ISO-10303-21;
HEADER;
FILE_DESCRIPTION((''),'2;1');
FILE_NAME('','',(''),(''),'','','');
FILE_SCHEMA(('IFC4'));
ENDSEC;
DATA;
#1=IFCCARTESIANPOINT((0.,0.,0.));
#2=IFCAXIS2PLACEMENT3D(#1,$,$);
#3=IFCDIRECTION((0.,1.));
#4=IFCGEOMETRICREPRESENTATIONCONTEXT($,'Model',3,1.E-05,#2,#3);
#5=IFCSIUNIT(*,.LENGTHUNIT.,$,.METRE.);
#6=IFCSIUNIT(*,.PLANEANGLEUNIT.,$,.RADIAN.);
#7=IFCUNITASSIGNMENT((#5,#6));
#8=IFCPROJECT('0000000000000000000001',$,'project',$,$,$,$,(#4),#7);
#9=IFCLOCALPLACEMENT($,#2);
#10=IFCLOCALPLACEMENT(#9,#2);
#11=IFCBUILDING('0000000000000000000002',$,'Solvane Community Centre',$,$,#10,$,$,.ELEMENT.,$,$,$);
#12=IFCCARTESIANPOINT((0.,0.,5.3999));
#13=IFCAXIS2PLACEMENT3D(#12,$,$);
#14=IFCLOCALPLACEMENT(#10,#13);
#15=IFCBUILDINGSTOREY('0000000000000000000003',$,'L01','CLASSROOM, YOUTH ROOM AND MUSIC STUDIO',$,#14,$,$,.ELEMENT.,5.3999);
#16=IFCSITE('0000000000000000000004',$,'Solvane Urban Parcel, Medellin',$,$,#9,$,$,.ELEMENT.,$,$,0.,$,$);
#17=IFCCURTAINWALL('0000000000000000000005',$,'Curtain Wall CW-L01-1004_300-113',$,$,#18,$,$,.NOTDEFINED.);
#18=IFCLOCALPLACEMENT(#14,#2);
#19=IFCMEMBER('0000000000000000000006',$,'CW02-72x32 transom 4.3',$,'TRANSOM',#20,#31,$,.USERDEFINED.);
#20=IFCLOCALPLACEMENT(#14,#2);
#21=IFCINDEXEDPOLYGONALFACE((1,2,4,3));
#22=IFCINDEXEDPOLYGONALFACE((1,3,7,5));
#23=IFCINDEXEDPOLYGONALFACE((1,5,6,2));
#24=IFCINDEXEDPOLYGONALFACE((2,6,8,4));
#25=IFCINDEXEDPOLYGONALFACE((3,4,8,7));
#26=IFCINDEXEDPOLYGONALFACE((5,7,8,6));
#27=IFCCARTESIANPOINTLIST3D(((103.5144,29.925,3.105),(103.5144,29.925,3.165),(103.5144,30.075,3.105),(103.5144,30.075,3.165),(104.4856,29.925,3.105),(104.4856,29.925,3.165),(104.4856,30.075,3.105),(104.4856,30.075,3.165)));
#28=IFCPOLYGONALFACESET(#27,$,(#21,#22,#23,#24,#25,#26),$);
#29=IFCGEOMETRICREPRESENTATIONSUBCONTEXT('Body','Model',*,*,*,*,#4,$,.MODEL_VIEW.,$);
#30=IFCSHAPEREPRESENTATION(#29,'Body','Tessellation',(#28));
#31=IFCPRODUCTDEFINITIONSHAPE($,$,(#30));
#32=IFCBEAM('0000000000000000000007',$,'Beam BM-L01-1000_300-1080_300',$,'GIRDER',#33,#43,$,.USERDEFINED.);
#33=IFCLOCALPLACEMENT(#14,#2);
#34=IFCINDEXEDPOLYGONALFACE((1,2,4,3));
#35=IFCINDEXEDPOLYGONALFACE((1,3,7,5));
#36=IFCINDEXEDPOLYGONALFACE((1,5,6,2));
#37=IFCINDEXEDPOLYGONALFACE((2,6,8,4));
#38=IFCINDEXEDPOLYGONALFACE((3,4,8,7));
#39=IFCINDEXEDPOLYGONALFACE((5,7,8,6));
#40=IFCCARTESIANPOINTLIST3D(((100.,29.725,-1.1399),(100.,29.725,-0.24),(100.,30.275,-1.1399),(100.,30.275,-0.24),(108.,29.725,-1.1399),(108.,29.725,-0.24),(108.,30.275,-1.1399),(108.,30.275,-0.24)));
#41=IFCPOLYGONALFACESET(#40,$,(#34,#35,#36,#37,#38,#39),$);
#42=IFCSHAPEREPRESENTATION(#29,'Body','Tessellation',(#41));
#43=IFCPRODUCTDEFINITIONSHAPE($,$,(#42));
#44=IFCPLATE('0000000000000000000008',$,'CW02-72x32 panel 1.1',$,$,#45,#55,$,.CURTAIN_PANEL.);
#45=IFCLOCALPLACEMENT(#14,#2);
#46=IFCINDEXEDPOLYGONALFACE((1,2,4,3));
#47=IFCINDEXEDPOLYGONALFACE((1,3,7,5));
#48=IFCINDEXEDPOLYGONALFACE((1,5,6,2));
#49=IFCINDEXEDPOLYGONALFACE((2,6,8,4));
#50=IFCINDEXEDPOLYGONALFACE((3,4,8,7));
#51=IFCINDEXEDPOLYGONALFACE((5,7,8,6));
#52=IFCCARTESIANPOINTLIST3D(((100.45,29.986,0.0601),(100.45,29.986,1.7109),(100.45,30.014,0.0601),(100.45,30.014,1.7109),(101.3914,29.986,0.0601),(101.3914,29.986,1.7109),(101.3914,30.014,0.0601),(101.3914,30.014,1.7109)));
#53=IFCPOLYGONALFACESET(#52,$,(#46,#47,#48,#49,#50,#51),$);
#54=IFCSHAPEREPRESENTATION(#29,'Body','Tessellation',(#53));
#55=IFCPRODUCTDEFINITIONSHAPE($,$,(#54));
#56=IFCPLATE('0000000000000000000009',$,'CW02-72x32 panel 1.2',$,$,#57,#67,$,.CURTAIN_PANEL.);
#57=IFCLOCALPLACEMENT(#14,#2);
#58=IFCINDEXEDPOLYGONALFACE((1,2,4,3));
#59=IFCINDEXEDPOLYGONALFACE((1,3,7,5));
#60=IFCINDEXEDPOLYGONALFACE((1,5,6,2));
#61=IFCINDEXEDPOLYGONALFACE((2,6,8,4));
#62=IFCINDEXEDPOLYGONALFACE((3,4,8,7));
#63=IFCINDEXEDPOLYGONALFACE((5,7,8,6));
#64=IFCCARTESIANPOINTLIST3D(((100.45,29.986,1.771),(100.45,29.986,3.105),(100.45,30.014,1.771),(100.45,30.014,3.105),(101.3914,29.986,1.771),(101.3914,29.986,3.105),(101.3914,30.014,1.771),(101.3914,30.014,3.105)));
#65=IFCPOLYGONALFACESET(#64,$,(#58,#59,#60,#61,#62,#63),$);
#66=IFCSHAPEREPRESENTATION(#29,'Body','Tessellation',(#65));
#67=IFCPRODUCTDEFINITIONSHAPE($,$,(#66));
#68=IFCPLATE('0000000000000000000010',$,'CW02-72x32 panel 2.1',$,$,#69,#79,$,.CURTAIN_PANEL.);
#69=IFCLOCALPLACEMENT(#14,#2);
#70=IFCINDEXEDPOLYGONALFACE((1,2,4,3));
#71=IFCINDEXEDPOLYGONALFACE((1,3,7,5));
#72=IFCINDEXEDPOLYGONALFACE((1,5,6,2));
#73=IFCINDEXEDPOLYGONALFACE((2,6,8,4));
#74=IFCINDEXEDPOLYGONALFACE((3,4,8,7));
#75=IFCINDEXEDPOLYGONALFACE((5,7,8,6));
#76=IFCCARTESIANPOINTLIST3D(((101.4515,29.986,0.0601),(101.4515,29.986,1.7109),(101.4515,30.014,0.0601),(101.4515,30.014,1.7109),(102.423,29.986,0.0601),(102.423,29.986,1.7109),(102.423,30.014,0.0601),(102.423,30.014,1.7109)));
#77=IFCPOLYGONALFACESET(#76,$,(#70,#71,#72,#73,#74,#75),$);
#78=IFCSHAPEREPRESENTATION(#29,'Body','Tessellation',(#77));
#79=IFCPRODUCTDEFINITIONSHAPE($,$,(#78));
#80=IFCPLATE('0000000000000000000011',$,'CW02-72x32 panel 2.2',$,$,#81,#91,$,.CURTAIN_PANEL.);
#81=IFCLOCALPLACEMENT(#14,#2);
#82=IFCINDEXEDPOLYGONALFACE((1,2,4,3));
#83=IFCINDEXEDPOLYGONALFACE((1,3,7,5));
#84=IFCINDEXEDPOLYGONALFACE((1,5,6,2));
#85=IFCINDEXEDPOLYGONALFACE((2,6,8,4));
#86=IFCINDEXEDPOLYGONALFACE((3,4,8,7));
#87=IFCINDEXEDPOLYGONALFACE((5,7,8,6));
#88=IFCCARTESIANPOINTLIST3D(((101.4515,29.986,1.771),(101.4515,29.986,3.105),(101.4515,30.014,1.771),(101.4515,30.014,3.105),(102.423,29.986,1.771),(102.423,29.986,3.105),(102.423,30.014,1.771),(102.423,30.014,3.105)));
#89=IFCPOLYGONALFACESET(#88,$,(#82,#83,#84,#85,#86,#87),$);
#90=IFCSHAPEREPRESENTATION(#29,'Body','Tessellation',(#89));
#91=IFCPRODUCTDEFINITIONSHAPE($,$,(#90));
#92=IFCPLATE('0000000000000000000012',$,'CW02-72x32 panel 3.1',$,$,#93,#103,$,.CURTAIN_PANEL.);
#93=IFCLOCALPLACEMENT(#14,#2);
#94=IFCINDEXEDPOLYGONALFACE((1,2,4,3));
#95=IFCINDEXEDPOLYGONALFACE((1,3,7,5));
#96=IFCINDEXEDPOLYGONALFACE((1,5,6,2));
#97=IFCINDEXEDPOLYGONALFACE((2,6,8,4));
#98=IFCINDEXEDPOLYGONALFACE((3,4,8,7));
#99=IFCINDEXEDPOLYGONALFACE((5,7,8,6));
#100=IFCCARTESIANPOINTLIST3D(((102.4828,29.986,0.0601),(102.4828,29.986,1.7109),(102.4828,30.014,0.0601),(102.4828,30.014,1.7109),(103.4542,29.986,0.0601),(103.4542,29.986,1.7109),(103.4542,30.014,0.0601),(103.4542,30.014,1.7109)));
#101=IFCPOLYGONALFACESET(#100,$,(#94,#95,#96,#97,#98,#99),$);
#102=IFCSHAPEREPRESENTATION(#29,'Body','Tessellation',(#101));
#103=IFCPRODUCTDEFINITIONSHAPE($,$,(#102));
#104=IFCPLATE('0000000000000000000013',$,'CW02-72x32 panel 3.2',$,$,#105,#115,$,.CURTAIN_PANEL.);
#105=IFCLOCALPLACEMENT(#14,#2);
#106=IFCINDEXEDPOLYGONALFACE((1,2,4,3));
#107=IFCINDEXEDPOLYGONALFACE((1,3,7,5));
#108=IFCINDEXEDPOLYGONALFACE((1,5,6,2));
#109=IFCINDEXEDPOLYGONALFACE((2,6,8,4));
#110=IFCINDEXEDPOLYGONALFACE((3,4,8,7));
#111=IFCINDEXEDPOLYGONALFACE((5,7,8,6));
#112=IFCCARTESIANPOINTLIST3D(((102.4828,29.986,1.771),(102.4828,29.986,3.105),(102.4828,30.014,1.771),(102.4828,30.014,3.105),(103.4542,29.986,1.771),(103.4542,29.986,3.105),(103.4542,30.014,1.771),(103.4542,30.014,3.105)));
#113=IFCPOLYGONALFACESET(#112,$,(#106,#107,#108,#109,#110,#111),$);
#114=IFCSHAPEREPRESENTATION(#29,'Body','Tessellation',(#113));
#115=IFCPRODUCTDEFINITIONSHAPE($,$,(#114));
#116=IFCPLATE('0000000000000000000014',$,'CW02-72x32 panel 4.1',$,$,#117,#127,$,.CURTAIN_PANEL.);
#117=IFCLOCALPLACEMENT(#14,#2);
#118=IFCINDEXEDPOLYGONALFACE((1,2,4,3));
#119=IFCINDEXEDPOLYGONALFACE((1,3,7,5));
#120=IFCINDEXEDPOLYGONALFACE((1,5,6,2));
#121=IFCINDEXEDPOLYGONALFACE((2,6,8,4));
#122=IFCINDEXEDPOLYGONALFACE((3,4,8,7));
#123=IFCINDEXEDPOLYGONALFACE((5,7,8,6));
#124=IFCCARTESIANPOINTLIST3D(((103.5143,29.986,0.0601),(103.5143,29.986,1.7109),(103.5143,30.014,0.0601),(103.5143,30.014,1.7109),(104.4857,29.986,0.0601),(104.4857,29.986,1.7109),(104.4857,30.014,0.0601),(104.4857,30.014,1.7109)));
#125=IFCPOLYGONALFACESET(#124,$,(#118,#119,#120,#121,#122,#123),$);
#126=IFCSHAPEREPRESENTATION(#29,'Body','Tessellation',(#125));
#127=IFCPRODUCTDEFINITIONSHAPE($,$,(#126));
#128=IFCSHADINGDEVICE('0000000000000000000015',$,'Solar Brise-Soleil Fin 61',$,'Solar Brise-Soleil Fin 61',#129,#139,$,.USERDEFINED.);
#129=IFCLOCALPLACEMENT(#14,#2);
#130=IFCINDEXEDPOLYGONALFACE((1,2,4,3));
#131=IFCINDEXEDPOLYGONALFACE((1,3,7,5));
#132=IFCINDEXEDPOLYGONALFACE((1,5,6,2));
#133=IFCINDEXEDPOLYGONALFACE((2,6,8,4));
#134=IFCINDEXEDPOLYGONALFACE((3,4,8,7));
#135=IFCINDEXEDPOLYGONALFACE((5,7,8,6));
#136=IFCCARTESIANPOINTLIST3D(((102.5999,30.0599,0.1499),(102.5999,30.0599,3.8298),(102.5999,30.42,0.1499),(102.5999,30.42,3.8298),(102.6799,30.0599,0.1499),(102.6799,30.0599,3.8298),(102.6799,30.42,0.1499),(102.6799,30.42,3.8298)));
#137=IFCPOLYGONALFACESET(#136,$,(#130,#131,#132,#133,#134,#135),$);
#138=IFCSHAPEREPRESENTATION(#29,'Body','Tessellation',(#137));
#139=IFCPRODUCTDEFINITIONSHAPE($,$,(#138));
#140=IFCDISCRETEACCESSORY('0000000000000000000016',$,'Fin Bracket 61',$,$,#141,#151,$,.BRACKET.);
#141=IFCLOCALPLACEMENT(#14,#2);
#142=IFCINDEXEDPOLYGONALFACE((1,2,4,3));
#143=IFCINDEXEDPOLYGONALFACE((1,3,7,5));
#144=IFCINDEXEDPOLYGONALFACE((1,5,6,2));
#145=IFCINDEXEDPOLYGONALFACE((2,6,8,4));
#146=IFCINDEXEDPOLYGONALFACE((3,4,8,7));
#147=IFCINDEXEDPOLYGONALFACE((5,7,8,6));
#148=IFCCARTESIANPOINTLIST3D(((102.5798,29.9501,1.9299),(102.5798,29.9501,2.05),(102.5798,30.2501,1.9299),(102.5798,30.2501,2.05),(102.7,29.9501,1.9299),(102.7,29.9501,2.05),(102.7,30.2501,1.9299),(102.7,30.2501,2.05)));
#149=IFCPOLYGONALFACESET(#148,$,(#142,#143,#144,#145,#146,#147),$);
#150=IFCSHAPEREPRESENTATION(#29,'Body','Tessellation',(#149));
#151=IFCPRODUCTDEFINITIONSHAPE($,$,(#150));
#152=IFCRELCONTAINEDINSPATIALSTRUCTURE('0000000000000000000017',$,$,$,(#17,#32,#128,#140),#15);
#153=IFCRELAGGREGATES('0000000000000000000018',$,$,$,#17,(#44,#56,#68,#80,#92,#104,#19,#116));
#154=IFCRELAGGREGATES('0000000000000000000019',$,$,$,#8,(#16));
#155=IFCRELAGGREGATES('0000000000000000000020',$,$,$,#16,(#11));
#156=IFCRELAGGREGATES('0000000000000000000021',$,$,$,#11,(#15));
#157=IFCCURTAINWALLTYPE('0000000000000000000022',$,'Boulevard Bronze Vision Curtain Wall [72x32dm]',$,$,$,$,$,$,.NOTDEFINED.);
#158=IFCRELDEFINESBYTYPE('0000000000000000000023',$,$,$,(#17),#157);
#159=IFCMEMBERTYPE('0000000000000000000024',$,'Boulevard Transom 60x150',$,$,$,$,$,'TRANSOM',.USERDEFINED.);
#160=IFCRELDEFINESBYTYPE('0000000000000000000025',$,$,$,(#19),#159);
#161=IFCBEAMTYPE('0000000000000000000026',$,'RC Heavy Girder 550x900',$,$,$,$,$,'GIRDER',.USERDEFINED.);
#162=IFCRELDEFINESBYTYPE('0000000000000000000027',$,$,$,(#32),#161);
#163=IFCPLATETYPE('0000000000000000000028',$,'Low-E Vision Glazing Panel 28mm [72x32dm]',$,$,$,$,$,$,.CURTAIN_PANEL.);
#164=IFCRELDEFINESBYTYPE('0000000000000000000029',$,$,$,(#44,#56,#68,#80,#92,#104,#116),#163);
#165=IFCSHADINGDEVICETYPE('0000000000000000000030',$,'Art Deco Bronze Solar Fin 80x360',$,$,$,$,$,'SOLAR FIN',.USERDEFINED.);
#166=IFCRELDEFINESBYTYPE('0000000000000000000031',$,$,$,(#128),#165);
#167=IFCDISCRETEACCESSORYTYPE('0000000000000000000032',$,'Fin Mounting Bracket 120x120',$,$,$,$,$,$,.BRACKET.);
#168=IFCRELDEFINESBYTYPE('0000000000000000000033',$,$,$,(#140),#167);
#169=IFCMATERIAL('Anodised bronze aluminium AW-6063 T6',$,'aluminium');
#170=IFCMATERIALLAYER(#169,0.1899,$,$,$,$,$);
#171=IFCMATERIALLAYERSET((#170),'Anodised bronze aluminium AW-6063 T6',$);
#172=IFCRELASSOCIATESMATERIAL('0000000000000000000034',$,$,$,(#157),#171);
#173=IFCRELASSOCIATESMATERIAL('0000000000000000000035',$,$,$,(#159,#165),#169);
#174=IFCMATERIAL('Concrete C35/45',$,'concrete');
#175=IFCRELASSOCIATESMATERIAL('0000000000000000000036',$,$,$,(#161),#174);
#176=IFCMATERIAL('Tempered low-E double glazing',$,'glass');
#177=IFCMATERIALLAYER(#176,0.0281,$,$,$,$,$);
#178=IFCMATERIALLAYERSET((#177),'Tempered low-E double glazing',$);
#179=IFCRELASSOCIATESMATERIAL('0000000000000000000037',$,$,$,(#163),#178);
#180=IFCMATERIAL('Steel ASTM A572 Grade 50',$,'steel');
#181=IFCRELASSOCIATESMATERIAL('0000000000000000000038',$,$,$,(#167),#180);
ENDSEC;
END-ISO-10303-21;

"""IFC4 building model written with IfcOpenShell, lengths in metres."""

from ifc_helpers import new_model, si_unit, direction, frame, origin, origin_2d, place, context, subcontext, project, spatial, rectangle, extrude, material, layer, layer_set, material_profile, profile_set, type_object, element, aggregate, save


model = new_model("IFC4")

# Units and contexts
model_context = context("Model", 3, precision=1e-05, world=origin(), true_north=direction((0.0, 1.0)))
body_context = subcontext(model_context, "Body", "Model", "MODEL_VIEW")
ifc_project = project(units=[si_unit("LENGTHUNIT", "METRE"), si_unit("PLANEANGLEUNIT", "RADIAN")], contexts=[model_context])

# Site, building, storey
site_placement = place(None, origin())
site = spatial("IfcSite", under=ifc_project, at=site_placement, Name="Solvane Urban Parcel, Medellin", CompositionType="ELEMENT", RefElevation=0.0)
building_placement = place(site_placement, origin())
building = spatial("IfcBuilding", under=site, at=building_placement, Name="Solvane Community Centre", CompositionType="ELEMENT")
storey_placement = place(building_placement, frame((0.0, 0.0, 5.3999)))
storey = spatial("IfcBuildingStorey", under=building, at=storey_placement, Name="L01", Description="CLASSROOM, YOUTH ROOM AND MUSIC STUDIO", CompositionType="ELEMENT", Elevation=5.3999)

# Curtain wall, member
ifc_material_1 = material(Name="Anodised bronze aluminium AW-6063 T6", Category="aluminium")
ifc_layer_1 = layer(ifc_material_1, 0.1899)
ifc_layer_set_1 = layer_set([ifc_layer_1], Name="Anodised bronze aluminium AW-6063 T6")
curtain_wall_type = type_object("IfcCurtainWallType", Name="Boulevard Bronze Vision Curtain Wall [72x32dm]", PredefinedType="NOTDEFINED", material=ifc_layer_set_1)
curtain_wall_placement = place(storey_placement, origin())
curtain_wall = element("IfcCurtainWall", 1, at=curtain_wall_placement, inside=storey, type_object=curtain_wall_type, Name="Curtain Wall CW-L01-1004_300-113", PredefinedType="NOTDEFINED")
ifc_material_profile_1 = material_profile(ifc_material_1, rectangle(XDim=0.1499, YDim=0.0601, at=origin_2d()), Name="CW-T 60x150")
ifc_profile_set_1 = profile_set([ifc_material_profile_1], Name="Anodised bronze aluminium AW-6063 T6")
member_type_1 = type_object("IfcMemberType", Name="Boulevard Transom 60x150", ElementType="TRANSOM", PredefinedType="USERDEFINED", material=ifc_profile_set_1)
member_1_placement = place(storey_placement, frame((103.5144, 30.0, 3.135), z_axis=(1.0, 0.0, 0.0), x_axis=(0.0, 1.0, 0.0)))
member_1 = element("IfcMember", 2, at=member_1_placement, type_object=member_type_1, Name="CW02-72x32 transom 4.3", ObjectType="TRANSOM", PredefinedType="USERDEFINED", context=body_context, shape_type="SweptSolid", body=[
    extrude(rectangle(XDim=0.1499, YDim=0.0601, at=origin_2d()), origin(), (0.0, 0.0, 1.0), 0.9712),
])

# Beam
ifc_material_2 = material(Name="Concrete C35/45", Category="concrete")
ifc_material_profile_2 = material_profile(ifc_material_2, rectangle(XDim=0.55, YDim=0.8999, at=origin_2d()), Name="RC 550x900")
ifc_profile_set_2 = profile_set([ifc_material_profile_2], Name="Concrete C35/45")
beam_type = type_object("IfcBeamType", Name="RC Heavy Girder 550x900", ElementType="GIRDER", PredefinedType="USERDEFINED", material=ifc_profile_set_2)
beam_placement = place(storey_placement, frame((100.0, 30.0, -0.6899), z_axis=(1.0, 0.0, 0.0), x_axis=(0.0, 1.0, 0.0)))
element("IfcBeam", 3, at=beam_placement, inside=storey, type_object=beam_type, Name="Beam BM-L01-1000_300-1080_300", ObjectType="GIRDER", PredefinedType="USERDEFINED", context=body_context, shape_type="SweptSolid", body=[
    extrude(rectangle(XDim=0.55, YDim=0.8999, at=origin_2d()), origin(), (0.0, 0.0, 1.0), 8.0),
])

# Plates
ifc_material_3 = material(Name="Tempered low-E double glazing", Category="glass")
ifc_layer_2 = layer(ifc_material_3, 0.0281)
ifc_layer_set_2 = layer_set([ifc_layer_2], Name="Tempered low-E double glazing")
plate_type = type_object("IfcPlateType", Name="Low-E Vision Glazing Panel 28mm [72x32dm]", PredefinedType="CURTAIN_PANEL", material=ifc_layer_set_2)
plate_1_placement = place(storey_placement, frame((100.9207, 30.0, 0.0601), z_axis=(0.0, 0.0, 1.0), x_axis=(1.0, 0.0, 0.0)))
plate_1 = element("IfcPlate", 4, at=plate_1_placement, type_object=plate_type, Name="CW02-72x32 panel 1.1", PredefinedType="CURTAIN_PANEL", context=body_context, shape_type="SweptSolid", body=[
    extrude(rectangle(XDim=0.9414, YDim=0.0281, at=origin_2d()), origin(), (0.0, 0.0, 1.0), 1.6509),
])
plate_2_placement = place(storey_placement, frame((100.9207, 30.0, 1.771), z_axis=(0.0, 0.0, 1.0), x_axis=(1.0, 0.0, 0.0)))
plate_2 = element("IfcPlate", 5, at=plate_2_placement, type_object=plate_type, Name="CW02-72x32 panel 1.2", PredefinedType="CURTAIN_PANEL", context=body_context, shape_type="SweptSolid", body=[
    extrude(rectangle(XDim=0.9414, YDim=0.0281, at=origin_2d()), origin(), (0.0, 0.0, 1.0), 1.334),
])
plate_3_placement = place(storey_placement, frame((101.9373, 30.0, 0.0601), z_axis=(0.0, 0.0, 1.0), x_axis=(1.0, 0.0, 0.0)))
plate_3 = element("IfcPlate", 6, at=plate_3_placement, type_object=plate_type, Name="CW02-72x32 panel 2.1", PredefinedType="CURTAIN_PANEL", context=body_context, shape_type="SweptSolid", body=[
    extrude(rectangle(XDim=0.9714, YDim=0.0281, at=origin_2d()), origin(), (0.0, 0.0, 1.0), 1.6509),
])
plate_4_placement = place(storey_placement, frame((101.9373, 30.0, 1.771), z_axis=(0.0, 0.0, 1.0), x_axis=(1.0, 0.0, 0.0)))
plate_4 = element("IfcPlate", 7, at=plate_4_placement, type_object=plate_type, Name="CW02-72x32 panel 2.2", PredefinedType="CURTAIN_PANEL", context=body_context, shape_type="SweptSolid", body=[
    extrude(rectangle(XDim=0.9714, YDim=0.0281, at=origin_2d()), origin(), (0.0, 0.0, 1.0), 1.334),
])
plate_5_placement = place(storey_placement, frame((102.9685, 30.0, 0.0601), z_axis=(0.0, 0.0, 1.0), x_axis=(1.0, 0.0, 0.0)))
plate_5 = element("IfcPlate", 8, at=plate_5_placement, type_object=plate_type, Name="CW02-72x32 panel 3.1", PredefinedType="CURTAIN_PANEL", context=body_context, shape_type="SweptSolid", body=[
    extrude(rectangle(XDim=0.9714, YDim=0.0281, at=origin_2d()), origin(), (0.0, 0.0, 1.0), 1.6509),
])
plate_6_placement = place(storey_placement, frame((102.9685, 30.0, 1.771), z_axis=(0.0, 0.0, 1.0), x_axis=(1.0, 0.0, 0.0)))
plate_6 = element("IfcPlate", 9, at=plate_6_placement, type_object=plate_type, Name="CW02-72x32 panel 3.2", PredefinedType="CURTAIN_PANEL", context=body_context, shape_type="SweptSolid", body=[
    extrude(rectangle(XDim=0.9714, YDim=0.0281, at=origin_2d()), origin(), (0.0, 0.0, 1.0), 1.334),
])
plate_7_placement = place(storey_placement, frame((104.0, 30.0, 0.0601), z_axis=(0.0, 0.0, 1.0), x_axis=(1.0, 0.0, 0.0)))
plate_7 = element("IfcPlate", 10, at=plate_7_placement, type_object=plate_type, Name="CW02-72x32 panel 4.1", PredefinedType="CURTAIN_PANEL", context=body_context, shape_type="SweptSolid", body=[
    extrude(rectangle(XDim=0.9714, YDim=0.0281, at=origin_2d()), origin(), (0.0, 0.0, 1.0), 1.6509),
])
aggregate(curtain_wall, [plate_1, plate_2, plate_3, plate_4, plate_5, plate_6, member_1, plate_7])

# Shading device
shading_device_type = type_object("IfcShadingDeviceType", Name="Art Deco Bronze Solar Fin 80x360", ElementType="SOLAR FIN", PredefinedType="USERDEFINED", material=ifc_material_1)
shading_device_placement = place(storey_placement, frame((102.6399, 30.24, 0.1499), z_axis=(0.0, 0.0, 1.0), x_axis=(1.0, 0.0, 0.0)))
element("IfcShadingDevice", 11, at=shading_device_placement, inside=storey, type_object=shading_device_type, Name="Solar Brise-Soleil Fin 61", ObjectType="Solar Brise-Soleil Fin 61", PredefinedType="USERDEFINED", context=body_context, shape_type="SweptSolid", body=[
    extrude(rectangle(XDim=0.0801, YDim=0.3601, at=origin_2d()), origin(), (0.0, 0.0, 1.0), 3.6799),
])

# Discrete accessory
ifc_material_4 = material(Name="Steel ASTM A572 Grade 50", Category="steel")
discrete_accessory_type = type_object("IfcDiscreteAccessoryType", Name="Fin Mounting Bracket 120x120", PredefinedType="BRACKET", material=ifc_material_4)
discrete_accessory_placement = place(storey_placement, frame((102.6399, 30.1001, 1.9299), z_axis=(0.0, 0.0, 1.0), x_axis=(1.0, 0.0, 0.0)))
element("IfcDiscreteAccessory", 12, at=discrete_accessory_placement, inside=storey, type_object=discrete_accessory_type, Name="Fin Bracket 61", PredefinedType="BRACKET", context=body_context, shape_type="SweptSolid", body=[
    extrude(rectangle(XDim=0.1201, YDim=0.3, at=origin_2d()), origin(), (0.0, 0.0, 1.0), 0.1201),
])

save(model, "model.ifc")
